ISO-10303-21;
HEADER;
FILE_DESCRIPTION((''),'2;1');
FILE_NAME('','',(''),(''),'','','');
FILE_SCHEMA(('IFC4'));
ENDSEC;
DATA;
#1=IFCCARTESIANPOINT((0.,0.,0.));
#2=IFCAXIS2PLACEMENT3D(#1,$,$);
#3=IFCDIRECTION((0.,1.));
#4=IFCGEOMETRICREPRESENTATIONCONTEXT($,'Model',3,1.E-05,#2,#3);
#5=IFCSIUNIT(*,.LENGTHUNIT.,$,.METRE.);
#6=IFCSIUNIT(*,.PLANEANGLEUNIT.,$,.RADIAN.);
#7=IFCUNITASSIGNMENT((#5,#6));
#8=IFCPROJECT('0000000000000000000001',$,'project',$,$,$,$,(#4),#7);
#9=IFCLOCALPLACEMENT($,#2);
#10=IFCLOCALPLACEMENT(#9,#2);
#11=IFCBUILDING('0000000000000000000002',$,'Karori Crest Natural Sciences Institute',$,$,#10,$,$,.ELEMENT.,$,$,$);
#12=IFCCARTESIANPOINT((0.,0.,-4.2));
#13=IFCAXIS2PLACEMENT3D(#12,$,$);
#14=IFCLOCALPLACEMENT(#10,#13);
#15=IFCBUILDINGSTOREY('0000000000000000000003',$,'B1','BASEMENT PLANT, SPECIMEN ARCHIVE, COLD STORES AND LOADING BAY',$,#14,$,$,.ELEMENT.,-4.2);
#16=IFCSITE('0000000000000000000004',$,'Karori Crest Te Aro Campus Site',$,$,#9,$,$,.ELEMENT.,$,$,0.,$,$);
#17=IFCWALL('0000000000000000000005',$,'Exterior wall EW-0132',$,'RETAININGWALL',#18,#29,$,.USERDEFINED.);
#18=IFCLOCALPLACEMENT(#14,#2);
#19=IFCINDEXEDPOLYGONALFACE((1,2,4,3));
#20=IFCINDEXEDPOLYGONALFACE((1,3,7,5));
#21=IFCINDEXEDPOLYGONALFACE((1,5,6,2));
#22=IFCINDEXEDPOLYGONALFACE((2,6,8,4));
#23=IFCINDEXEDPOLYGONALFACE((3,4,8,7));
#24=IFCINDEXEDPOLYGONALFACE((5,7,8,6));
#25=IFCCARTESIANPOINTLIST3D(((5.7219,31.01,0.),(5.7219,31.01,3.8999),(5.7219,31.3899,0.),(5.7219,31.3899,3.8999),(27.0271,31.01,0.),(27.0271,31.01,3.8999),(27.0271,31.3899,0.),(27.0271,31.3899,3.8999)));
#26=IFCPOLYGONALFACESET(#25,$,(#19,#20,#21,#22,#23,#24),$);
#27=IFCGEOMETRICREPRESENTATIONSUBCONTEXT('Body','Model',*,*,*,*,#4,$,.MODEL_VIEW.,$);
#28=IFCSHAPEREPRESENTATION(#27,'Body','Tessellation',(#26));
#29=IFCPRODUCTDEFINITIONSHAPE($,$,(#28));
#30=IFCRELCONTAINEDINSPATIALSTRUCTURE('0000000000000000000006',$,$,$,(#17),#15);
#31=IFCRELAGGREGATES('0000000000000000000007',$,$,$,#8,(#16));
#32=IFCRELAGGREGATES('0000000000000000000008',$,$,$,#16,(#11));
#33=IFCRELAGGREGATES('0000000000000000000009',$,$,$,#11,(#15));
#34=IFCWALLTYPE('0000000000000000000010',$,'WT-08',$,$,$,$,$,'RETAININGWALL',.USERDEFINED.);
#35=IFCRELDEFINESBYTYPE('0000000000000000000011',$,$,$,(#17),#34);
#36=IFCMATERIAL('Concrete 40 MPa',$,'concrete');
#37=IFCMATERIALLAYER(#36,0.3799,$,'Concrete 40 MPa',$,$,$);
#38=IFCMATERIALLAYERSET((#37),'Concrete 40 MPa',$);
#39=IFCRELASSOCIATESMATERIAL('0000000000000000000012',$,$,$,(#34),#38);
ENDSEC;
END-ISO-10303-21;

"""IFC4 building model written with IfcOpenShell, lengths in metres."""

from ifc_helpers import new_model, si_unit, direction, frame, frame_2d, origin, place, context, subcontext, project, spatial, rectangle, extrude, material, layer, layer_set, type_object, element, save


model = new_model("IFC4")

# Units and contexts
model_context = context("Model", 3, precision=1e-05, world=origin(), true_north=direction((0.0, 1.0)))
body_context = subcontext(model_context, "Body", "Model", "MODEL_VIEW")
ifc_project = project(units=[si_unit("LENGTHUNIT", "METRE"), si_unit("PLANEANGLEUNIT", "RADIAN")], contexts=[model_context])

# Site, building, storey
site_placement = place(None, origin())
site = spatial("IfcSite", under=ifc_project, at=site_placement, Name="Karori Crest Te Aro Campus Site", CompositionType="ELEMENT", RefElevation=0.0)
building_placement = place(site_placement, origin())
building = spatial("IfcBuilding", under=site, at=building_placement, Name="Karori Crest Natural Sciences Institute", CompositionType="ELEMENT")
storey_placement = place(building_placement, frame((0.0, 0.0, -4.2)))
storey = spatial("IfcBuildingStorey", under=building, at=storey_placement, Name="B1", Description="BASEMENT PLANT, SPECIMEN ARCHIVE, COLD STORES AND LOADING BAY", CompositionType="ELEMENT", Elevation=-4.2)

# Shared definitions
ifc_material_1 = material(Name="Concrete 40 MPa", Category="concrete")

# Wall
ifc_layer_1 = layer(ifc_material_1, 0.3799, Name="Concrete 40 MPa")
ifc_layer_set_1 = layer_set([ifc_layer_1], Name="Concrete 40 MPa")
wall_type_1 = type_object("IfcWallType", Name="WT-08", ElementType="RETAININGWALL", PredefinedType="USERDEFINED", material=ifc_layer_set_1)
wall_1_placement = place(storey_placement, frame((27.0271, 31.2, 0.0), z_axis=(0.0, 0.0, 1.0), x_axis=(-1.0, 0.0, 0.0)))
element("IfcWall", 1, at=wall_1_placement, inside=storey, type_object=wall_type_1, Name="Exterior wall EW-0132", ObjectType="RETAININGWALL", PredefinedType="USERDEFINED", context=body_context, shape_type="SweptSolid", body=[
    extrude(rectangle(XDim=21.3052, YDim=0.3799, at=frame_2d((10.6526, 0.0))), origin(), (0.0, 0.0, 1.0), 3.8999),
])

save(model, "model.ifc")
